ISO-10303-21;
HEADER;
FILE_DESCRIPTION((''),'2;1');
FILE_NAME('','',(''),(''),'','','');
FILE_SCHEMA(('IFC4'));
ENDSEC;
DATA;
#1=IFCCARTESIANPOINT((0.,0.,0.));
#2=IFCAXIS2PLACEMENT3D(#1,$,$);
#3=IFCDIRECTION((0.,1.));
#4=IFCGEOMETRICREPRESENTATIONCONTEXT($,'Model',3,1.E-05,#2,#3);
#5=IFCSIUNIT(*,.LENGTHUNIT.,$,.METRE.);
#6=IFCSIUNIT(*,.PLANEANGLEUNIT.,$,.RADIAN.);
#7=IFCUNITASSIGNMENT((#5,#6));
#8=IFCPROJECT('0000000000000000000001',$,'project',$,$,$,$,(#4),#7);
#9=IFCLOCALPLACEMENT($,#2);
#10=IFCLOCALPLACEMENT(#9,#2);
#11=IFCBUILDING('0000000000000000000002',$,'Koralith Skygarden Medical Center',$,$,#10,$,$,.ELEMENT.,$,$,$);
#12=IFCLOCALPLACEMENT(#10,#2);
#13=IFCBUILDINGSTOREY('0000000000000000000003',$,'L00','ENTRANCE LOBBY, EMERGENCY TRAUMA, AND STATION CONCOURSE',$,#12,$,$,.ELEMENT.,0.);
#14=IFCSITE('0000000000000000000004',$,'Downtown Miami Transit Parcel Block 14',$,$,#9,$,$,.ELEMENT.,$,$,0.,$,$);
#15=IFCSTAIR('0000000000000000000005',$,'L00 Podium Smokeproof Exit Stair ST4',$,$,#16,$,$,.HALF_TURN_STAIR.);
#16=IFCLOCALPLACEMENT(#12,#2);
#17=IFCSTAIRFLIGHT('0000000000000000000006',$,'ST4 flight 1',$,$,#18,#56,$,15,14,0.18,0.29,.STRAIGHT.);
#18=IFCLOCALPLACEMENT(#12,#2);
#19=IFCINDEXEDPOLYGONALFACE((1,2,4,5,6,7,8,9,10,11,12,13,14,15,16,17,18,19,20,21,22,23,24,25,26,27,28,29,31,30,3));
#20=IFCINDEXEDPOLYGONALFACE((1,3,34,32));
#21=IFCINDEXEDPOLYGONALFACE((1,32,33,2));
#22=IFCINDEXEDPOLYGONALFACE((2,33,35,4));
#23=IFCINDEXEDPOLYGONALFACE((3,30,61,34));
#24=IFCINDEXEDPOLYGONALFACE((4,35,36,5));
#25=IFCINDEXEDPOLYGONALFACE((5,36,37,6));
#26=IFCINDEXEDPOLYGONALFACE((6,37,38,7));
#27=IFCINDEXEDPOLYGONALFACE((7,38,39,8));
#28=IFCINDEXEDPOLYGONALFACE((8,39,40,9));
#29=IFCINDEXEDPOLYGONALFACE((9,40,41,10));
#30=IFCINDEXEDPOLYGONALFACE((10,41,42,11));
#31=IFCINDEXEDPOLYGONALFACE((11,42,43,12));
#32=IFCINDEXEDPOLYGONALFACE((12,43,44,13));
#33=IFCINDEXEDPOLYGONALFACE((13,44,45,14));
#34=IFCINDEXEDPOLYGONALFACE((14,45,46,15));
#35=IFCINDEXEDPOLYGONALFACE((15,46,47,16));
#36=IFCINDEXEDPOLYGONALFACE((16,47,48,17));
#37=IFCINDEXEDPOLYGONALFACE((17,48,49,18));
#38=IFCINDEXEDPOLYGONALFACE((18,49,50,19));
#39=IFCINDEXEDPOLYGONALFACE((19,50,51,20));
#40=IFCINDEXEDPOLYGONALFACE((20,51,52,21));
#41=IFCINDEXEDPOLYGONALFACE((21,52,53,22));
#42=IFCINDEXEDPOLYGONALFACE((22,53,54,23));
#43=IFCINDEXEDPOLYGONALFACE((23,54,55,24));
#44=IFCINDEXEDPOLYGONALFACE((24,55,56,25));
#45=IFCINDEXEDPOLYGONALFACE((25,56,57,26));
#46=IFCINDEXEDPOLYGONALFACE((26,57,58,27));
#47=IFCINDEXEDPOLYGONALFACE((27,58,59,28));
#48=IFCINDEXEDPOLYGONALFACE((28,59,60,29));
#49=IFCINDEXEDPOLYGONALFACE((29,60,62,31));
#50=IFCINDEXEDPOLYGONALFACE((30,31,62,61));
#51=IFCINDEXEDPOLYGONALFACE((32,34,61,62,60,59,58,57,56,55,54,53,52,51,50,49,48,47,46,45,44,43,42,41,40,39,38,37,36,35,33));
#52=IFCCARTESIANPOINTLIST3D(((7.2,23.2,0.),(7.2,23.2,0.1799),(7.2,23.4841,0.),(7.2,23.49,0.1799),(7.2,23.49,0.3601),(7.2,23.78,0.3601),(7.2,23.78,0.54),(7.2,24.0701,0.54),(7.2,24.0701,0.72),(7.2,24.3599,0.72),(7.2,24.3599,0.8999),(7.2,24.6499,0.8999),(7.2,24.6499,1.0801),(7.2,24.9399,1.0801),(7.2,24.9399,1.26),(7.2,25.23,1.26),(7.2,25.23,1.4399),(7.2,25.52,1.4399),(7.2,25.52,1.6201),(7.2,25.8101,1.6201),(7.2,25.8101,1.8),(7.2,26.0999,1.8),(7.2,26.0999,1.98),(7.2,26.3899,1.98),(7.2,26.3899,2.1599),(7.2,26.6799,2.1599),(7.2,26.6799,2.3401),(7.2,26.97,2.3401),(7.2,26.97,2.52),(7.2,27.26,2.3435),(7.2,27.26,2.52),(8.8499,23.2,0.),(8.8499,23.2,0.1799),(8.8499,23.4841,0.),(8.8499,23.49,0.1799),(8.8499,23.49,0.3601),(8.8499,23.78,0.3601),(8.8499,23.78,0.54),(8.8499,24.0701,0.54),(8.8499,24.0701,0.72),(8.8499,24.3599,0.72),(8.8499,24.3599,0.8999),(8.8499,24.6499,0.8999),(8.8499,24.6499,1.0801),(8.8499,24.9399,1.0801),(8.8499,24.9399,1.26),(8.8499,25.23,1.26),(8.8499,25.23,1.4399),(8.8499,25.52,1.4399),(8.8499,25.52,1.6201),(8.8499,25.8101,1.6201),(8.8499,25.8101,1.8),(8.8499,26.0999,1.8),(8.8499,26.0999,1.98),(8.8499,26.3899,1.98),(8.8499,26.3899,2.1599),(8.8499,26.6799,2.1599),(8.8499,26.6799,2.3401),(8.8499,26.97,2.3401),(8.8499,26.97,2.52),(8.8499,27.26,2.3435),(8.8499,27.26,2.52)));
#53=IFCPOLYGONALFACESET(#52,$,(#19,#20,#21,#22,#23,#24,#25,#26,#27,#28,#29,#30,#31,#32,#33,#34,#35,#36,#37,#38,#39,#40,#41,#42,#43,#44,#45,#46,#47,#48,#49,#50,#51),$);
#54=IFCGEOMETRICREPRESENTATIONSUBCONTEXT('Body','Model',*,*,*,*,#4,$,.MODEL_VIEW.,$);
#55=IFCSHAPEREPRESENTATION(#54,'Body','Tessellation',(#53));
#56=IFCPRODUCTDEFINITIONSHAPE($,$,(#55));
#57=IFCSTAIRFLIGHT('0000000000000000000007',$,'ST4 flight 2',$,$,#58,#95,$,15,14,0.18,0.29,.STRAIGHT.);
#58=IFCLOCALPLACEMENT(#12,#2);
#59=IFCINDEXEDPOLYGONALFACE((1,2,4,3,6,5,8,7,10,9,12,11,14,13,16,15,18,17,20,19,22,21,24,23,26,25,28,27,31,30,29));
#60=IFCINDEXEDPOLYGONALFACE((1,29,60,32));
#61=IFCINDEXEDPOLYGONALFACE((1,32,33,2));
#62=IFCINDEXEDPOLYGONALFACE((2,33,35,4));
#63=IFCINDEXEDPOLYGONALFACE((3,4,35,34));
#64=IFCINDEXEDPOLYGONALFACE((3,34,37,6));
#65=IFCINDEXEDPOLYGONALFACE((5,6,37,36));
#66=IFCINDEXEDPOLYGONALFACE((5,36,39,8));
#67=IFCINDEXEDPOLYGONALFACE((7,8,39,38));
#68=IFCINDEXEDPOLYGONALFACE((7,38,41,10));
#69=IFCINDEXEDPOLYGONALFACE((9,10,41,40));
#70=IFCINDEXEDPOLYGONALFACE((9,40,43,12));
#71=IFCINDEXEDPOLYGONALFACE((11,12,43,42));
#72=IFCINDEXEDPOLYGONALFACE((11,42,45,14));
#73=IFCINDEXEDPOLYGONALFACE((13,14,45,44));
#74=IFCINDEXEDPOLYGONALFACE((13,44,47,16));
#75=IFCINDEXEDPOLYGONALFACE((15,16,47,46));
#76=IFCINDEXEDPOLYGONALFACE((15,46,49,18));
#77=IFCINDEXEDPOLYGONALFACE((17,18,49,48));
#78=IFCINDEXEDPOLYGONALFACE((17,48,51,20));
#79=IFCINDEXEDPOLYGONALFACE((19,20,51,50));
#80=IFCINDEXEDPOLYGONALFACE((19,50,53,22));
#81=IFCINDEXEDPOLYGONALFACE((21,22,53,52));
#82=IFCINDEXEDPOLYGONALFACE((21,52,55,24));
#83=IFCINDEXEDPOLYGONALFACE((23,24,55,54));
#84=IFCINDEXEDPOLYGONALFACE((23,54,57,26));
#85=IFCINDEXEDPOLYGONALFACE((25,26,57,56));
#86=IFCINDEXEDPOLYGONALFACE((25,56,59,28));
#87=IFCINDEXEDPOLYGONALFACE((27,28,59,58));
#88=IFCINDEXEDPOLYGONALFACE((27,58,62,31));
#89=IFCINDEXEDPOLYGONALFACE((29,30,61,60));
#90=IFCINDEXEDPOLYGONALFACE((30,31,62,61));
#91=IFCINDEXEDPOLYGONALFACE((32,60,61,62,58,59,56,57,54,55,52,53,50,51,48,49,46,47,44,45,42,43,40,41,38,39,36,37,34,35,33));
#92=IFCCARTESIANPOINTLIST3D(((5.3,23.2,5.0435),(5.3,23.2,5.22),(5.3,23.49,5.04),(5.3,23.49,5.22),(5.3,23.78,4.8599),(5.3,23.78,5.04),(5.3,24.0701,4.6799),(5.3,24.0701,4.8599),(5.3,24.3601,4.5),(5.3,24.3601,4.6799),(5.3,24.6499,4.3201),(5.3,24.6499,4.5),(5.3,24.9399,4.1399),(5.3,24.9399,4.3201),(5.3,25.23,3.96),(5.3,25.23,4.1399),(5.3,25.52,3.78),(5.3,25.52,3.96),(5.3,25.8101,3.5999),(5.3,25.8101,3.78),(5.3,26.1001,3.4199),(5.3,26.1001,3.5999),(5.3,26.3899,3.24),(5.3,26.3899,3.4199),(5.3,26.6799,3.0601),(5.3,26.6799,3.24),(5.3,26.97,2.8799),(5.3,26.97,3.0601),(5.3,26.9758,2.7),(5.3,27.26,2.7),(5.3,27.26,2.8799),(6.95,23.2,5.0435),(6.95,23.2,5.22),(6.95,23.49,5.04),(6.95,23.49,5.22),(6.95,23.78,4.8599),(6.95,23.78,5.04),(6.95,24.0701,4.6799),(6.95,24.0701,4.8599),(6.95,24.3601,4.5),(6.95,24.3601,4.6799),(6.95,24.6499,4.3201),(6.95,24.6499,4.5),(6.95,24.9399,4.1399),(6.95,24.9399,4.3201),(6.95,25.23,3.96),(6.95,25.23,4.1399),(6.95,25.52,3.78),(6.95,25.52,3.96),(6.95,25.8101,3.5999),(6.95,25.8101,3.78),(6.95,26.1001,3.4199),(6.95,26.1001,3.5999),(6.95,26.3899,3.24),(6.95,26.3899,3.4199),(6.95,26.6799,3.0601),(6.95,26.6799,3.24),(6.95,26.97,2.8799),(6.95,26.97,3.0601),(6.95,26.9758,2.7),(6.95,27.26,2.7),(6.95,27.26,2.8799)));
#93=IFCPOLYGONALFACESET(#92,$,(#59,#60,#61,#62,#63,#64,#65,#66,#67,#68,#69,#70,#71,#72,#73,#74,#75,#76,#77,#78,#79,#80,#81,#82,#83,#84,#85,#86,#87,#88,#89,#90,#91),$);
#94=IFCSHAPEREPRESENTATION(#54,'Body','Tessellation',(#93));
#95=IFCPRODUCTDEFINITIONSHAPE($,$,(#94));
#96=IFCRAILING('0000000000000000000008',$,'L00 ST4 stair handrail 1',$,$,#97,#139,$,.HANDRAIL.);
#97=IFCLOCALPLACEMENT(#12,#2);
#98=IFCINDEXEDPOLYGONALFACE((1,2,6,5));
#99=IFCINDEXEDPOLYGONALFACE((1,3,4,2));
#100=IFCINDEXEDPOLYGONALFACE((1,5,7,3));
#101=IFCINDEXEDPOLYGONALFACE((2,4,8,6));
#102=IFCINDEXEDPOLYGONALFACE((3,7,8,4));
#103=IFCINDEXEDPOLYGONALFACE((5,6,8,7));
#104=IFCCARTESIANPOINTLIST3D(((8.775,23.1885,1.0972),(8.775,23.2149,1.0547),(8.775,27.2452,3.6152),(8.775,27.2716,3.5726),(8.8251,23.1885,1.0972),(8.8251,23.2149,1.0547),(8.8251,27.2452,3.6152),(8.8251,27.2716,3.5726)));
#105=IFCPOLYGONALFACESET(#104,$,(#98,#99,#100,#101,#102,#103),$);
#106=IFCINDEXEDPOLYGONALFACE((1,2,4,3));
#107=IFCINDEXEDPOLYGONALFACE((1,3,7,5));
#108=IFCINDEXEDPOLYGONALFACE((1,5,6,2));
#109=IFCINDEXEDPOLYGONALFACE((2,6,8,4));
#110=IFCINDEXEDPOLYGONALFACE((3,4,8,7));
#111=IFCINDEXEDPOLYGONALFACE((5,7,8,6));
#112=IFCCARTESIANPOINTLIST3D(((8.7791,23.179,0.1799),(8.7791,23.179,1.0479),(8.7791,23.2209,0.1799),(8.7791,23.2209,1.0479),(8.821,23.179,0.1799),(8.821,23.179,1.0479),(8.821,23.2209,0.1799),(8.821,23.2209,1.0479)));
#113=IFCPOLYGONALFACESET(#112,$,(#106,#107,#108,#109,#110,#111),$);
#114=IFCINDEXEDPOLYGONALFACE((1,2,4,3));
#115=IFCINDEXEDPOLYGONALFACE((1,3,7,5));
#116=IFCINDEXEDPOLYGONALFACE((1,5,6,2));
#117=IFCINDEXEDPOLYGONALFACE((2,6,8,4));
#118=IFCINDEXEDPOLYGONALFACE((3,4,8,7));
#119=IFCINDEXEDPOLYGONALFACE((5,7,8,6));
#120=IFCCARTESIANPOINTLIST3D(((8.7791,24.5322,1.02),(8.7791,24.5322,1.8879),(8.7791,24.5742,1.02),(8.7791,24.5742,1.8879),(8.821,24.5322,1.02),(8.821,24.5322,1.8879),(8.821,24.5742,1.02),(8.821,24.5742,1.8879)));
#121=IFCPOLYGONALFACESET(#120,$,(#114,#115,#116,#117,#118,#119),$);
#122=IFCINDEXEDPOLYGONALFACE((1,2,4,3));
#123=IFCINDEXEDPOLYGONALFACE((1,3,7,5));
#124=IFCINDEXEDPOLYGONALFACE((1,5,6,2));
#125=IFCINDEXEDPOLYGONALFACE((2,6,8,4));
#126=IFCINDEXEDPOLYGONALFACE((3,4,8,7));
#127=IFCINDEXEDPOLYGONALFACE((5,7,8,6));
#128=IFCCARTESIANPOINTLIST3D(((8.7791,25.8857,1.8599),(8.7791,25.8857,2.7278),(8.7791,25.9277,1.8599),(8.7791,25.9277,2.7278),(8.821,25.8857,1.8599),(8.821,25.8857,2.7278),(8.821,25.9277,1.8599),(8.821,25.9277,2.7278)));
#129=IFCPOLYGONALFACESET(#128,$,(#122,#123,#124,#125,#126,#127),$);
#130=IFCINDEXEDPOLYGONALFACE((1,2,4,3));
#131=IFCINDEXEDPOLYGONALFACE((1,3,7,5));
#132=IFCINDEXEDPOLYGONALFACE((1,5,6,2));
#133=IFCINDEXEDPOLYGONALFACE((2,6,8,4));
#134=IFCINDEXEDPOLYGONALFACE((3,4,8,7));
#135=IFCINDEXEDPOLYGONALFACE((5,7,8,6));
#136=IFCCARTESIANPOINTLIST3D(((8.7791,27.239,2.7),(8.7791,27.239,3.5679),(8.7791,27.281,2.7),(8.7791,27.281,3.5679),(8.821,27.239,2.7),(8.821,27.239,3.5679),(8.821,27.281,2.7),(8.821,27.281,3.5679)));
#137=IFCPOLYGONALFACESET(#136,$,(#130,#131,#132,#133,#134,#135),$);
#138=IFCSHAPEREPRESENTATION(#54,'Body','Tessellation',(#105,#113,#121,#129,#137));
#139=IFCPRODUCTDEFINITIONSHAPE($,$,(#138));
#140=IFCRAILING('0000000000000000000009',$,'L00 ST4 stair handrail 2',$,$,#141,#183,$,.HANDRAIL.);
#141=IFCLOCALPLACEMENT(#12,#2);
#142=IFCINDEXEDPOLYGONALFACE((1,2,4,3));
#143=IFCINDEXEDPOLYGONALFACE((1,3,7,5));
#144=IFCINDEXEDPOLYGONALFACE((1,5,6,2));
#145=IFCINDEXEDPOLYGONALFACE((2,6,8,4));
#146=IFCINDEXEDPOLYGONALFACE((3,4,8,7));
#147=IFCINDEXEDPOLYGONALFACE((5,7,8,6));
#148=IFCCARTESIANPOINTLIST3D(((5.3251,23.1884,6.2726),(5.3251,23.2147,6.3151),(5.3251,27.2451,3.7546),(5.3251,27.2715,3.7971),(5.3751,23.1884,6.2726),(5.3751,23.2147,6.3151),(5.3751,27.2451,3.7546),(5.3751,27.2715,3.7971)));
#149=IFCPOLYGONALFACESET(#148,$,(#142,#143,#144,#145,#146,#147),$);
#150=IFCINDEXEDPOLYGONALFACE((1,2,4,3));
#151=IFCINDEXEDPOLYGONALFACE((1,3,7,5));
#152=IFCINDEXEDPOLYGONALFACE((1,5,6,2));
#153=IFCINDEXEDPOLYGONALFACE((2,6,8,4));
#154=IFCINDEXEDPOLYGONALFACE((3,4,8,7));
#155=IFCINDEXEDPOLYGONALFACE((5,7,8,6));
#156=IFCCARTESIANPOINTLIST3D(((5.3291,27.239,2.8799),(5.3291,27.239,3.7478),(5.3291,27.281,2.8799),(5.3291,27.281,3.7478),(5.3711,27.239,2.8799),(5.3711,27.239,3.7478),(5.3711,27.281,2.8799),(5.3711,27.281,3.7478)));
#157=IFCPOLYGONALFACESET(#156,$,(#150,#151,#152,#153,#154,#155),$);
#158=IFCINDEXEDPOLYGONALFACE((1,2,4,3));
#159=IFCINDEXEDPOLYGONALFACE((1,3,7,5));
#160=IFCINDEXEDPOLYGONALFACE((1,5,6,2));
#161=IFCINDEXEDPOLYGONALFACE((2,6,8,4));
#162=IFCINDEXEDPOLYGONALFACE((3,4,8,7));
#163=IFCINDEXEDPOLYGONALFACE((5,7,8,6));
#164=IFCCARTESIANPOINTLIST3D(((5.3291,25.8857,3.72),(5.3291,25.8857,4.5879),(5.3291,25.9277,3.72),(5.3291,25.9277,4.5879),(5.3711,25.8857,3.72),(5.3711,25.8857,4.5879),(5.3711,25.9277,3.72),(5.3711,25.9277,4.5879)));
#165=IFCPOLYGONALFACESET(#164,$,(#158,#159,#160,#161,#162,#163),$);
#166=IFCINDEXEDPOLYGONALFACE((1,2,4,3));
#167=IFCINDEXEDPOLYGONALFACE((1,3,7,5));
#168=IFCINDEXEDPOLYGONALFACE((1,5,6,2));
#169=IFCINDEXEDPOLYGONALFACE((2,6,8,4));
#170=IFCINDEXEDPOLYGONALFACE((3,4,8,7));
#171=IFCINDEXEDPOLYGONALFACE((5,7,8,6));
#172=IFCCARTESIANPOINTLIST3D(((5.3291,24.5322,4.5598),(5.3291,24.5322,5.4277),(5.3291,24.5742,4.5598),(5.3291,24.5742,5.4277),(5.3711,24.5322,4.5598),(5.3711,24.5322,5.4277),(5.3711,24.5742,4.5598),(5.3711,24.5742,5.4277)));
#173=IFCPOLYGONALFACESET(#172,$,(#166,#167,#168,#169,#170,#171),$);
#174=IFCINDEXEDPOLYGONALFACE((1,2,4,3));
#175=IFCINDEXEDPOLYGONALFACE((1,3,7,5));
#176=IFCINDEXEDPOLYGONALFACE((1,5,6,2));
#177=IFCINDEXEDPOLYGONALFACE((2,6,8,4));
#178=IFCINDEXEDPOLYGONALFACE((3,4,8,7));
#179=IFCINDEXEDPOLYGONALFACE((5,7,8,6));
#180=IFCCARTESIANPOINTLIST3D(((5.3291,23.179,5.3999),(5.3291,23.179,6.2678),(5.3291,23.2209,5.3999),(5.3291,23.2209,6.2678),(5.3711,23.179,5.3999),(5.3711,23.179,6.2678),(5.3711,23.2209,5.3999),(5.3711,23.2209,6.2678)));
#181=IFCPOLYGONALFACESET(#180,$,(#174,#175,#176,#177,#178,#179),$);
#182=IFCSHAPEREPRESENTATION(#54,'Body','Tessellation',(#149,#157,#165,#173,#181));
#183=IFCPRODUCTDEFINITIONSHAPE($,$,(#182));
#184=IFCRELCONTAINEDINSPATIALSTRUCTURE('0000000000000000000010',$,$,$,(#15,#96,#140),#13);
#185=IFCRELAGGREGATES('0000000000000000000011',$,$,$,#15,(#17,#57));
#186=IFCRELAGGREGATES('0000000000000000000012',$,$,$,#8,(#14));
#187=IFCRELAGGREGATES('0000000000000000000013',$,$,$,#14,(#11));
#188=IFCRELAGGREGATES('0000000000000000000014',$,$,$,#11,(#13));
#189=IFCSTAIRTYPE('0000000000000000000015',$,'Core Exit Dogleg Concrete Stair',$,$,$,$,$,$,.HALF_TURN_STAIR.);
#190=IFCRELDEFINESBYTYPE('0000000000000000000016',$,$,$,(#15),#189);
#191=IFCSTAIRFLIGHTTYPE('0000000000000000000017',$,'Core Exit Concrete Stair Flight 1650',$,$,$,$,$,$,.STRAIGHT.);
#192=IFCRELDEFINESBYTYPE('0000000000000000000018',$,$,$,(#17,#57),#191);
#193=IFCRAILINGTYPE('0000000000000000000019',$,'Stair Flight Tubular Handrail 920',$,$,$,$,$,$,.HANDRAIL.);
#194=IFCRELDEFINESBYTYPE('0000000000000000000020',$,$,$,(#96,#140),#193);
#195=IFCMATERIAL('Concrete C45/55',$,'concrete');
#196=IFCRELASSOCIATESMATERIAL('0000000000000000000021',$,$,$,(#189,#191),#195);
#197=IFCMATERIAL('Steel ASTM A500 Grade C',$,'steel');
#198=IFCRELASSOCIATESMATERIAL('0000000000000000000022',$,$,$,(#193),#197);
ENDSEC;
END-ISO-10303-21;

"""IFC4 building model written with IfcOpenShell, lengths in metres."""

from ifc_helpers import new_model, si_unit, direction, frame, origin, origin_2d, place, context, subcontext, project, spatial, polyline, rectangle, outline, extrude, material, type_object, element, aggregate, save


model = new_model("IFC4")

# Units and contexts
model_context = context("Model", 3, precision=1e-05, world=origin(), true_north=direction((0.0, 1.0)))
body_context = subcontext(model_context, "Body", "Model", "MODEL_VIEW")
ifc_project = project(units=[si_unit("LENGTHUNIT", "METRE"), si_unit("PLANEANGLEUNIT", "RADIAN")], contexts=[model_context])

# Site, building, storey
site_placement = place(None, origin())
site = spatial("IfcSite", under=ifc_project, at=site_placement, Name="Downtown Miami Transit Parcel Block 14", CompositionType="ELEMENT", RefElevation=0.0)
building_placement = place(site_placement, origin())
building = spatial("IfcBuilding", under=site, at=building_placement, Name="Koralith Skygarden Medical Center", CompositionType="ELEMENT")
storey_placement = place(building_placement, origin())
storey = spatial("IfcBuildingStorey", under=building, at=storey_placement, Name="L00", Description="ENTRANCE LOBBY, EMERGENCY TRAUMA, AND STATION CONCOURSE", CompositionType="ELEMENT", Elevation=0.0)

# Shared definitions
ifc_material_1 = material(Name="Concrete C45/55", Category="concrete")

# Stair, stair flights
stair_type = type_object("IfcStairType", Name="Core Exit Dogleg Concrete Stair", PredefinedType="HALF_TURN_STAIR", material=ifc_material_1)
stair_placement = place(storey_placement, origin())
stair = element("IfcStair", 1, at=stair_placement, inside=storey, type_object=stair_type, Name="L00 Podium Smokeproof Exit Stair ST4", PredefinedType="HALF_TURN_STAIR")
stair_flight_type = type_object("IfcStairFlightType", Name="Core Exit Concrete Stair Flight 1650", PredefinedType="STRAIGHT", material=ifc_material_1)
stair_flight_1_placement = place(storey_placement, frame((8.0249, 23.2, 0.0), z_axis=(0.0, 0.0, 1.0), x_axis=(0.0, 1.0, 0.0)))
stair_flight_1 = element("IfcStairFlight", 2, at=stair_flight_1_placement, type_object=stair_flight_type, Name="ST4 flight 1", NumberOfRisers=15, NumberOfTreads=14, PredefinedType="STRAIGHT", RiserHeight=0.18, TreadLength=0.29, context=body_context, shape_type="SweptSolid", body=[
    extrude(outline(polyline([(0.0, 0.0), (0.0, 0.1799), (0.29, 0.1799), (0.29, 0.3601), (0.5801, 0.3601), (0.5801, 0.54), (0.8701, 0.54), (0.8701, 0.72), (1.1599, 0.72), (1.1599, 0.8999), (1.45, 0.8999), (1.45, 1.0801), (1.74, 1.0801), (1.74, 1.26), (2.03, 1.26), (2.03, 1.4399), (2.3201, 1.4399), (2.3201, 1.6201), (2.6101, 1.6201), (2.6101, 1.8), (2.8999, 1.8), (2.8999, 1.98), (3.1899, 1.98), (3.1899, 2.1599), (3.48, 2.1599), (3.48, 2.3401), (3.77, 2.3401), (3.77, 2.52), (4.0601, 2.52), (4.0601, 2.7), (4.0601, 2.3435), (0.2842, 0.0), (0.0, 0.0)])), frame((0.0, 0.825, 0.0), z_axis=(0.0, -1.0, 0.0), x_axis=(1.0, 0.0, 0.0)), (0.0, 0.0, 1.0), 1.6499),
])
stair_flight_2_placement = place(storey_placement, frame((6.125, 27.26, 2.7), z_axis=(0.0, 0.0, 1.0), x_axis=(0.0, -1.0, 0.0)))
stair_flight_2 = element("IfcStairFlight", 3, at=stair_flight_2_placement, type_object=stair_flight_type, Name="ST4 flight 2", NumberOfRisers=15, NumberOfTreads=14, PredefinedType="STRAIGHT", RiserHeight=0.18, TreadLength=0.29, context=body_context, shape_type="SweptSolid", body=[
    extrude(outline(polyline([(0.0, 0.0), (0.0, 0.1799), (0.29, 0.1799), (0.29, 0.3601), (0.5801, 0.3601), (0.5801, 0.54), (0.8701, 0.54), (0.8701, 0.72), (1.1599, 0.72), (1.1599, 0.8999), (1.45, 0.8999), (1.45, 1.0801), (1.74, 1.0801), (1.74, 1.26), (2.03, 1.26), (2.03, 1.4399), (2.3201, 1.4399), (2.3201, 1.6201), (2.6101, 1.6201), (2.6101, 1.8), (2.8999, 1.8), (2.8999, 1.98), (3.1899, 1.98), (3.1899, 2.1599), (3.48, 2.1599), (3.48, 2.3401), (3.77, 2.3401), (3.77, 2.52), (4.0601, 2.52), (4.0601, 2.7), (4.0601, 2.3435), (0.2842, 0.0), (0.0, 0.0)])), frame((0.0, 0.825, 0.0), z_axis=(0.0, -1.0, 0.0), x_axis=(1.0, 0.0, 0.0)), (0.0, 0.0, 1.0), 1.6499),
])
aggregate(stair, [stair_flight_1, stair_flight_2])

# Railings
ifc_material_2 = material(Name="Steel ASTM A500 Grade C", Category="steel")
railing_type_1 = type_object("IfcRailingType", Name="Stair Flight Tubular Handrail 920", PredefinedType="HANDRAIL", material=ifc_material_2)
railing_1_placement = place(storey_placement, frame((8.8, 23.2, 0.1799)))
element("IfcRailing", 4, at=railing_1_placement, inside=storey, type_object=railing_type_1, Name="L00 ST4 stair handrail 1", PredefinedType="HANDRAIL", context=body_context, shape_type="SweptSolid", body=[
    extrude(rectangle(XDim=0.05, YDim=0.05, at=origin_2d()), frame((0.0, 0.0017, 0.896), z_axis=(0.0, 0.849642, 0.52736), x_axis=(-1.0, 0.0, 0.0)), (0.0, 0.0, 1.0), 4.7747),
    extrude(rectangle(XDim=0.042, YDim=0.042, at=origin_2d()), origin(), (0.0, 0.0, 1.0), 0.8679),
    extrude(rectangle(XDim=0.042, YDim=0.042, at=origin_2d()), frame((0.0, 1.3533, 0.8401)), (0.0, 0.0, 1.0), 0.8679),
    extrude(rectangle(XDim=0.042, YDim=0.042, at=origin_2d()), frame((0.0, 2.7068, 1.6799)), (0.0, 0.0, 1.0), 0.8679),
    extrude(rectangle(XDim=0.042, YDim=0.042, at=origin_2d()), frame((0.0, 4.0601, 2.52)), (0.0, 0.0, 1.0), 0.8679),
])
railing_2_placement = place(storey_placement, frame((5.3501, 27.26, 2.8799)))
element("IfcRailing", 5, at=railing_2_placement, inside=storey, type_object=railing_type_1, Name="L00 ST4 stair handrail 2", PredefinedType="HANDRAIL", context=body_context, shape_type="SweptSolid", body=[
    extrude(rectangle(XDim=0.05, YDim=0.05, at=origin_2d()), frame((0.0, -0.0017, 0.896), z_axis=(0.0, -0.849642, 0.52736), x_axis=(1.0, 0.0, 0.0)), (0.0, 0.0, 1.0), 4.7747),
    extrude(rectangle(XDim=0.042, YDim=0.042, at=origin_2d()), origin(), (0.0, 0.0, 1.0), 0.8679),
    extrude(rectangle(XDim=0.042, YDim=0.042, at=origin_2d()), frame((0.0, -1.3533, 0.8401)), (0.0, 0.0, 1.0), 0.8679),
    extrude(rectangle(XDim=0.042, YDim=0.042, at=origin_2d()), frame((0.0, -2.7068, 1.6799)), (0.0, 0.0, 1.0), 0.8679),
    extrude(rectangle(XDim=0.042, YDim=0.042, at=origin_2d()), frame((0.0, -4.0601, 2.52)), (0.0, 0.0, 1.0), 0.8679),
])

save(model, "model.ifc")
